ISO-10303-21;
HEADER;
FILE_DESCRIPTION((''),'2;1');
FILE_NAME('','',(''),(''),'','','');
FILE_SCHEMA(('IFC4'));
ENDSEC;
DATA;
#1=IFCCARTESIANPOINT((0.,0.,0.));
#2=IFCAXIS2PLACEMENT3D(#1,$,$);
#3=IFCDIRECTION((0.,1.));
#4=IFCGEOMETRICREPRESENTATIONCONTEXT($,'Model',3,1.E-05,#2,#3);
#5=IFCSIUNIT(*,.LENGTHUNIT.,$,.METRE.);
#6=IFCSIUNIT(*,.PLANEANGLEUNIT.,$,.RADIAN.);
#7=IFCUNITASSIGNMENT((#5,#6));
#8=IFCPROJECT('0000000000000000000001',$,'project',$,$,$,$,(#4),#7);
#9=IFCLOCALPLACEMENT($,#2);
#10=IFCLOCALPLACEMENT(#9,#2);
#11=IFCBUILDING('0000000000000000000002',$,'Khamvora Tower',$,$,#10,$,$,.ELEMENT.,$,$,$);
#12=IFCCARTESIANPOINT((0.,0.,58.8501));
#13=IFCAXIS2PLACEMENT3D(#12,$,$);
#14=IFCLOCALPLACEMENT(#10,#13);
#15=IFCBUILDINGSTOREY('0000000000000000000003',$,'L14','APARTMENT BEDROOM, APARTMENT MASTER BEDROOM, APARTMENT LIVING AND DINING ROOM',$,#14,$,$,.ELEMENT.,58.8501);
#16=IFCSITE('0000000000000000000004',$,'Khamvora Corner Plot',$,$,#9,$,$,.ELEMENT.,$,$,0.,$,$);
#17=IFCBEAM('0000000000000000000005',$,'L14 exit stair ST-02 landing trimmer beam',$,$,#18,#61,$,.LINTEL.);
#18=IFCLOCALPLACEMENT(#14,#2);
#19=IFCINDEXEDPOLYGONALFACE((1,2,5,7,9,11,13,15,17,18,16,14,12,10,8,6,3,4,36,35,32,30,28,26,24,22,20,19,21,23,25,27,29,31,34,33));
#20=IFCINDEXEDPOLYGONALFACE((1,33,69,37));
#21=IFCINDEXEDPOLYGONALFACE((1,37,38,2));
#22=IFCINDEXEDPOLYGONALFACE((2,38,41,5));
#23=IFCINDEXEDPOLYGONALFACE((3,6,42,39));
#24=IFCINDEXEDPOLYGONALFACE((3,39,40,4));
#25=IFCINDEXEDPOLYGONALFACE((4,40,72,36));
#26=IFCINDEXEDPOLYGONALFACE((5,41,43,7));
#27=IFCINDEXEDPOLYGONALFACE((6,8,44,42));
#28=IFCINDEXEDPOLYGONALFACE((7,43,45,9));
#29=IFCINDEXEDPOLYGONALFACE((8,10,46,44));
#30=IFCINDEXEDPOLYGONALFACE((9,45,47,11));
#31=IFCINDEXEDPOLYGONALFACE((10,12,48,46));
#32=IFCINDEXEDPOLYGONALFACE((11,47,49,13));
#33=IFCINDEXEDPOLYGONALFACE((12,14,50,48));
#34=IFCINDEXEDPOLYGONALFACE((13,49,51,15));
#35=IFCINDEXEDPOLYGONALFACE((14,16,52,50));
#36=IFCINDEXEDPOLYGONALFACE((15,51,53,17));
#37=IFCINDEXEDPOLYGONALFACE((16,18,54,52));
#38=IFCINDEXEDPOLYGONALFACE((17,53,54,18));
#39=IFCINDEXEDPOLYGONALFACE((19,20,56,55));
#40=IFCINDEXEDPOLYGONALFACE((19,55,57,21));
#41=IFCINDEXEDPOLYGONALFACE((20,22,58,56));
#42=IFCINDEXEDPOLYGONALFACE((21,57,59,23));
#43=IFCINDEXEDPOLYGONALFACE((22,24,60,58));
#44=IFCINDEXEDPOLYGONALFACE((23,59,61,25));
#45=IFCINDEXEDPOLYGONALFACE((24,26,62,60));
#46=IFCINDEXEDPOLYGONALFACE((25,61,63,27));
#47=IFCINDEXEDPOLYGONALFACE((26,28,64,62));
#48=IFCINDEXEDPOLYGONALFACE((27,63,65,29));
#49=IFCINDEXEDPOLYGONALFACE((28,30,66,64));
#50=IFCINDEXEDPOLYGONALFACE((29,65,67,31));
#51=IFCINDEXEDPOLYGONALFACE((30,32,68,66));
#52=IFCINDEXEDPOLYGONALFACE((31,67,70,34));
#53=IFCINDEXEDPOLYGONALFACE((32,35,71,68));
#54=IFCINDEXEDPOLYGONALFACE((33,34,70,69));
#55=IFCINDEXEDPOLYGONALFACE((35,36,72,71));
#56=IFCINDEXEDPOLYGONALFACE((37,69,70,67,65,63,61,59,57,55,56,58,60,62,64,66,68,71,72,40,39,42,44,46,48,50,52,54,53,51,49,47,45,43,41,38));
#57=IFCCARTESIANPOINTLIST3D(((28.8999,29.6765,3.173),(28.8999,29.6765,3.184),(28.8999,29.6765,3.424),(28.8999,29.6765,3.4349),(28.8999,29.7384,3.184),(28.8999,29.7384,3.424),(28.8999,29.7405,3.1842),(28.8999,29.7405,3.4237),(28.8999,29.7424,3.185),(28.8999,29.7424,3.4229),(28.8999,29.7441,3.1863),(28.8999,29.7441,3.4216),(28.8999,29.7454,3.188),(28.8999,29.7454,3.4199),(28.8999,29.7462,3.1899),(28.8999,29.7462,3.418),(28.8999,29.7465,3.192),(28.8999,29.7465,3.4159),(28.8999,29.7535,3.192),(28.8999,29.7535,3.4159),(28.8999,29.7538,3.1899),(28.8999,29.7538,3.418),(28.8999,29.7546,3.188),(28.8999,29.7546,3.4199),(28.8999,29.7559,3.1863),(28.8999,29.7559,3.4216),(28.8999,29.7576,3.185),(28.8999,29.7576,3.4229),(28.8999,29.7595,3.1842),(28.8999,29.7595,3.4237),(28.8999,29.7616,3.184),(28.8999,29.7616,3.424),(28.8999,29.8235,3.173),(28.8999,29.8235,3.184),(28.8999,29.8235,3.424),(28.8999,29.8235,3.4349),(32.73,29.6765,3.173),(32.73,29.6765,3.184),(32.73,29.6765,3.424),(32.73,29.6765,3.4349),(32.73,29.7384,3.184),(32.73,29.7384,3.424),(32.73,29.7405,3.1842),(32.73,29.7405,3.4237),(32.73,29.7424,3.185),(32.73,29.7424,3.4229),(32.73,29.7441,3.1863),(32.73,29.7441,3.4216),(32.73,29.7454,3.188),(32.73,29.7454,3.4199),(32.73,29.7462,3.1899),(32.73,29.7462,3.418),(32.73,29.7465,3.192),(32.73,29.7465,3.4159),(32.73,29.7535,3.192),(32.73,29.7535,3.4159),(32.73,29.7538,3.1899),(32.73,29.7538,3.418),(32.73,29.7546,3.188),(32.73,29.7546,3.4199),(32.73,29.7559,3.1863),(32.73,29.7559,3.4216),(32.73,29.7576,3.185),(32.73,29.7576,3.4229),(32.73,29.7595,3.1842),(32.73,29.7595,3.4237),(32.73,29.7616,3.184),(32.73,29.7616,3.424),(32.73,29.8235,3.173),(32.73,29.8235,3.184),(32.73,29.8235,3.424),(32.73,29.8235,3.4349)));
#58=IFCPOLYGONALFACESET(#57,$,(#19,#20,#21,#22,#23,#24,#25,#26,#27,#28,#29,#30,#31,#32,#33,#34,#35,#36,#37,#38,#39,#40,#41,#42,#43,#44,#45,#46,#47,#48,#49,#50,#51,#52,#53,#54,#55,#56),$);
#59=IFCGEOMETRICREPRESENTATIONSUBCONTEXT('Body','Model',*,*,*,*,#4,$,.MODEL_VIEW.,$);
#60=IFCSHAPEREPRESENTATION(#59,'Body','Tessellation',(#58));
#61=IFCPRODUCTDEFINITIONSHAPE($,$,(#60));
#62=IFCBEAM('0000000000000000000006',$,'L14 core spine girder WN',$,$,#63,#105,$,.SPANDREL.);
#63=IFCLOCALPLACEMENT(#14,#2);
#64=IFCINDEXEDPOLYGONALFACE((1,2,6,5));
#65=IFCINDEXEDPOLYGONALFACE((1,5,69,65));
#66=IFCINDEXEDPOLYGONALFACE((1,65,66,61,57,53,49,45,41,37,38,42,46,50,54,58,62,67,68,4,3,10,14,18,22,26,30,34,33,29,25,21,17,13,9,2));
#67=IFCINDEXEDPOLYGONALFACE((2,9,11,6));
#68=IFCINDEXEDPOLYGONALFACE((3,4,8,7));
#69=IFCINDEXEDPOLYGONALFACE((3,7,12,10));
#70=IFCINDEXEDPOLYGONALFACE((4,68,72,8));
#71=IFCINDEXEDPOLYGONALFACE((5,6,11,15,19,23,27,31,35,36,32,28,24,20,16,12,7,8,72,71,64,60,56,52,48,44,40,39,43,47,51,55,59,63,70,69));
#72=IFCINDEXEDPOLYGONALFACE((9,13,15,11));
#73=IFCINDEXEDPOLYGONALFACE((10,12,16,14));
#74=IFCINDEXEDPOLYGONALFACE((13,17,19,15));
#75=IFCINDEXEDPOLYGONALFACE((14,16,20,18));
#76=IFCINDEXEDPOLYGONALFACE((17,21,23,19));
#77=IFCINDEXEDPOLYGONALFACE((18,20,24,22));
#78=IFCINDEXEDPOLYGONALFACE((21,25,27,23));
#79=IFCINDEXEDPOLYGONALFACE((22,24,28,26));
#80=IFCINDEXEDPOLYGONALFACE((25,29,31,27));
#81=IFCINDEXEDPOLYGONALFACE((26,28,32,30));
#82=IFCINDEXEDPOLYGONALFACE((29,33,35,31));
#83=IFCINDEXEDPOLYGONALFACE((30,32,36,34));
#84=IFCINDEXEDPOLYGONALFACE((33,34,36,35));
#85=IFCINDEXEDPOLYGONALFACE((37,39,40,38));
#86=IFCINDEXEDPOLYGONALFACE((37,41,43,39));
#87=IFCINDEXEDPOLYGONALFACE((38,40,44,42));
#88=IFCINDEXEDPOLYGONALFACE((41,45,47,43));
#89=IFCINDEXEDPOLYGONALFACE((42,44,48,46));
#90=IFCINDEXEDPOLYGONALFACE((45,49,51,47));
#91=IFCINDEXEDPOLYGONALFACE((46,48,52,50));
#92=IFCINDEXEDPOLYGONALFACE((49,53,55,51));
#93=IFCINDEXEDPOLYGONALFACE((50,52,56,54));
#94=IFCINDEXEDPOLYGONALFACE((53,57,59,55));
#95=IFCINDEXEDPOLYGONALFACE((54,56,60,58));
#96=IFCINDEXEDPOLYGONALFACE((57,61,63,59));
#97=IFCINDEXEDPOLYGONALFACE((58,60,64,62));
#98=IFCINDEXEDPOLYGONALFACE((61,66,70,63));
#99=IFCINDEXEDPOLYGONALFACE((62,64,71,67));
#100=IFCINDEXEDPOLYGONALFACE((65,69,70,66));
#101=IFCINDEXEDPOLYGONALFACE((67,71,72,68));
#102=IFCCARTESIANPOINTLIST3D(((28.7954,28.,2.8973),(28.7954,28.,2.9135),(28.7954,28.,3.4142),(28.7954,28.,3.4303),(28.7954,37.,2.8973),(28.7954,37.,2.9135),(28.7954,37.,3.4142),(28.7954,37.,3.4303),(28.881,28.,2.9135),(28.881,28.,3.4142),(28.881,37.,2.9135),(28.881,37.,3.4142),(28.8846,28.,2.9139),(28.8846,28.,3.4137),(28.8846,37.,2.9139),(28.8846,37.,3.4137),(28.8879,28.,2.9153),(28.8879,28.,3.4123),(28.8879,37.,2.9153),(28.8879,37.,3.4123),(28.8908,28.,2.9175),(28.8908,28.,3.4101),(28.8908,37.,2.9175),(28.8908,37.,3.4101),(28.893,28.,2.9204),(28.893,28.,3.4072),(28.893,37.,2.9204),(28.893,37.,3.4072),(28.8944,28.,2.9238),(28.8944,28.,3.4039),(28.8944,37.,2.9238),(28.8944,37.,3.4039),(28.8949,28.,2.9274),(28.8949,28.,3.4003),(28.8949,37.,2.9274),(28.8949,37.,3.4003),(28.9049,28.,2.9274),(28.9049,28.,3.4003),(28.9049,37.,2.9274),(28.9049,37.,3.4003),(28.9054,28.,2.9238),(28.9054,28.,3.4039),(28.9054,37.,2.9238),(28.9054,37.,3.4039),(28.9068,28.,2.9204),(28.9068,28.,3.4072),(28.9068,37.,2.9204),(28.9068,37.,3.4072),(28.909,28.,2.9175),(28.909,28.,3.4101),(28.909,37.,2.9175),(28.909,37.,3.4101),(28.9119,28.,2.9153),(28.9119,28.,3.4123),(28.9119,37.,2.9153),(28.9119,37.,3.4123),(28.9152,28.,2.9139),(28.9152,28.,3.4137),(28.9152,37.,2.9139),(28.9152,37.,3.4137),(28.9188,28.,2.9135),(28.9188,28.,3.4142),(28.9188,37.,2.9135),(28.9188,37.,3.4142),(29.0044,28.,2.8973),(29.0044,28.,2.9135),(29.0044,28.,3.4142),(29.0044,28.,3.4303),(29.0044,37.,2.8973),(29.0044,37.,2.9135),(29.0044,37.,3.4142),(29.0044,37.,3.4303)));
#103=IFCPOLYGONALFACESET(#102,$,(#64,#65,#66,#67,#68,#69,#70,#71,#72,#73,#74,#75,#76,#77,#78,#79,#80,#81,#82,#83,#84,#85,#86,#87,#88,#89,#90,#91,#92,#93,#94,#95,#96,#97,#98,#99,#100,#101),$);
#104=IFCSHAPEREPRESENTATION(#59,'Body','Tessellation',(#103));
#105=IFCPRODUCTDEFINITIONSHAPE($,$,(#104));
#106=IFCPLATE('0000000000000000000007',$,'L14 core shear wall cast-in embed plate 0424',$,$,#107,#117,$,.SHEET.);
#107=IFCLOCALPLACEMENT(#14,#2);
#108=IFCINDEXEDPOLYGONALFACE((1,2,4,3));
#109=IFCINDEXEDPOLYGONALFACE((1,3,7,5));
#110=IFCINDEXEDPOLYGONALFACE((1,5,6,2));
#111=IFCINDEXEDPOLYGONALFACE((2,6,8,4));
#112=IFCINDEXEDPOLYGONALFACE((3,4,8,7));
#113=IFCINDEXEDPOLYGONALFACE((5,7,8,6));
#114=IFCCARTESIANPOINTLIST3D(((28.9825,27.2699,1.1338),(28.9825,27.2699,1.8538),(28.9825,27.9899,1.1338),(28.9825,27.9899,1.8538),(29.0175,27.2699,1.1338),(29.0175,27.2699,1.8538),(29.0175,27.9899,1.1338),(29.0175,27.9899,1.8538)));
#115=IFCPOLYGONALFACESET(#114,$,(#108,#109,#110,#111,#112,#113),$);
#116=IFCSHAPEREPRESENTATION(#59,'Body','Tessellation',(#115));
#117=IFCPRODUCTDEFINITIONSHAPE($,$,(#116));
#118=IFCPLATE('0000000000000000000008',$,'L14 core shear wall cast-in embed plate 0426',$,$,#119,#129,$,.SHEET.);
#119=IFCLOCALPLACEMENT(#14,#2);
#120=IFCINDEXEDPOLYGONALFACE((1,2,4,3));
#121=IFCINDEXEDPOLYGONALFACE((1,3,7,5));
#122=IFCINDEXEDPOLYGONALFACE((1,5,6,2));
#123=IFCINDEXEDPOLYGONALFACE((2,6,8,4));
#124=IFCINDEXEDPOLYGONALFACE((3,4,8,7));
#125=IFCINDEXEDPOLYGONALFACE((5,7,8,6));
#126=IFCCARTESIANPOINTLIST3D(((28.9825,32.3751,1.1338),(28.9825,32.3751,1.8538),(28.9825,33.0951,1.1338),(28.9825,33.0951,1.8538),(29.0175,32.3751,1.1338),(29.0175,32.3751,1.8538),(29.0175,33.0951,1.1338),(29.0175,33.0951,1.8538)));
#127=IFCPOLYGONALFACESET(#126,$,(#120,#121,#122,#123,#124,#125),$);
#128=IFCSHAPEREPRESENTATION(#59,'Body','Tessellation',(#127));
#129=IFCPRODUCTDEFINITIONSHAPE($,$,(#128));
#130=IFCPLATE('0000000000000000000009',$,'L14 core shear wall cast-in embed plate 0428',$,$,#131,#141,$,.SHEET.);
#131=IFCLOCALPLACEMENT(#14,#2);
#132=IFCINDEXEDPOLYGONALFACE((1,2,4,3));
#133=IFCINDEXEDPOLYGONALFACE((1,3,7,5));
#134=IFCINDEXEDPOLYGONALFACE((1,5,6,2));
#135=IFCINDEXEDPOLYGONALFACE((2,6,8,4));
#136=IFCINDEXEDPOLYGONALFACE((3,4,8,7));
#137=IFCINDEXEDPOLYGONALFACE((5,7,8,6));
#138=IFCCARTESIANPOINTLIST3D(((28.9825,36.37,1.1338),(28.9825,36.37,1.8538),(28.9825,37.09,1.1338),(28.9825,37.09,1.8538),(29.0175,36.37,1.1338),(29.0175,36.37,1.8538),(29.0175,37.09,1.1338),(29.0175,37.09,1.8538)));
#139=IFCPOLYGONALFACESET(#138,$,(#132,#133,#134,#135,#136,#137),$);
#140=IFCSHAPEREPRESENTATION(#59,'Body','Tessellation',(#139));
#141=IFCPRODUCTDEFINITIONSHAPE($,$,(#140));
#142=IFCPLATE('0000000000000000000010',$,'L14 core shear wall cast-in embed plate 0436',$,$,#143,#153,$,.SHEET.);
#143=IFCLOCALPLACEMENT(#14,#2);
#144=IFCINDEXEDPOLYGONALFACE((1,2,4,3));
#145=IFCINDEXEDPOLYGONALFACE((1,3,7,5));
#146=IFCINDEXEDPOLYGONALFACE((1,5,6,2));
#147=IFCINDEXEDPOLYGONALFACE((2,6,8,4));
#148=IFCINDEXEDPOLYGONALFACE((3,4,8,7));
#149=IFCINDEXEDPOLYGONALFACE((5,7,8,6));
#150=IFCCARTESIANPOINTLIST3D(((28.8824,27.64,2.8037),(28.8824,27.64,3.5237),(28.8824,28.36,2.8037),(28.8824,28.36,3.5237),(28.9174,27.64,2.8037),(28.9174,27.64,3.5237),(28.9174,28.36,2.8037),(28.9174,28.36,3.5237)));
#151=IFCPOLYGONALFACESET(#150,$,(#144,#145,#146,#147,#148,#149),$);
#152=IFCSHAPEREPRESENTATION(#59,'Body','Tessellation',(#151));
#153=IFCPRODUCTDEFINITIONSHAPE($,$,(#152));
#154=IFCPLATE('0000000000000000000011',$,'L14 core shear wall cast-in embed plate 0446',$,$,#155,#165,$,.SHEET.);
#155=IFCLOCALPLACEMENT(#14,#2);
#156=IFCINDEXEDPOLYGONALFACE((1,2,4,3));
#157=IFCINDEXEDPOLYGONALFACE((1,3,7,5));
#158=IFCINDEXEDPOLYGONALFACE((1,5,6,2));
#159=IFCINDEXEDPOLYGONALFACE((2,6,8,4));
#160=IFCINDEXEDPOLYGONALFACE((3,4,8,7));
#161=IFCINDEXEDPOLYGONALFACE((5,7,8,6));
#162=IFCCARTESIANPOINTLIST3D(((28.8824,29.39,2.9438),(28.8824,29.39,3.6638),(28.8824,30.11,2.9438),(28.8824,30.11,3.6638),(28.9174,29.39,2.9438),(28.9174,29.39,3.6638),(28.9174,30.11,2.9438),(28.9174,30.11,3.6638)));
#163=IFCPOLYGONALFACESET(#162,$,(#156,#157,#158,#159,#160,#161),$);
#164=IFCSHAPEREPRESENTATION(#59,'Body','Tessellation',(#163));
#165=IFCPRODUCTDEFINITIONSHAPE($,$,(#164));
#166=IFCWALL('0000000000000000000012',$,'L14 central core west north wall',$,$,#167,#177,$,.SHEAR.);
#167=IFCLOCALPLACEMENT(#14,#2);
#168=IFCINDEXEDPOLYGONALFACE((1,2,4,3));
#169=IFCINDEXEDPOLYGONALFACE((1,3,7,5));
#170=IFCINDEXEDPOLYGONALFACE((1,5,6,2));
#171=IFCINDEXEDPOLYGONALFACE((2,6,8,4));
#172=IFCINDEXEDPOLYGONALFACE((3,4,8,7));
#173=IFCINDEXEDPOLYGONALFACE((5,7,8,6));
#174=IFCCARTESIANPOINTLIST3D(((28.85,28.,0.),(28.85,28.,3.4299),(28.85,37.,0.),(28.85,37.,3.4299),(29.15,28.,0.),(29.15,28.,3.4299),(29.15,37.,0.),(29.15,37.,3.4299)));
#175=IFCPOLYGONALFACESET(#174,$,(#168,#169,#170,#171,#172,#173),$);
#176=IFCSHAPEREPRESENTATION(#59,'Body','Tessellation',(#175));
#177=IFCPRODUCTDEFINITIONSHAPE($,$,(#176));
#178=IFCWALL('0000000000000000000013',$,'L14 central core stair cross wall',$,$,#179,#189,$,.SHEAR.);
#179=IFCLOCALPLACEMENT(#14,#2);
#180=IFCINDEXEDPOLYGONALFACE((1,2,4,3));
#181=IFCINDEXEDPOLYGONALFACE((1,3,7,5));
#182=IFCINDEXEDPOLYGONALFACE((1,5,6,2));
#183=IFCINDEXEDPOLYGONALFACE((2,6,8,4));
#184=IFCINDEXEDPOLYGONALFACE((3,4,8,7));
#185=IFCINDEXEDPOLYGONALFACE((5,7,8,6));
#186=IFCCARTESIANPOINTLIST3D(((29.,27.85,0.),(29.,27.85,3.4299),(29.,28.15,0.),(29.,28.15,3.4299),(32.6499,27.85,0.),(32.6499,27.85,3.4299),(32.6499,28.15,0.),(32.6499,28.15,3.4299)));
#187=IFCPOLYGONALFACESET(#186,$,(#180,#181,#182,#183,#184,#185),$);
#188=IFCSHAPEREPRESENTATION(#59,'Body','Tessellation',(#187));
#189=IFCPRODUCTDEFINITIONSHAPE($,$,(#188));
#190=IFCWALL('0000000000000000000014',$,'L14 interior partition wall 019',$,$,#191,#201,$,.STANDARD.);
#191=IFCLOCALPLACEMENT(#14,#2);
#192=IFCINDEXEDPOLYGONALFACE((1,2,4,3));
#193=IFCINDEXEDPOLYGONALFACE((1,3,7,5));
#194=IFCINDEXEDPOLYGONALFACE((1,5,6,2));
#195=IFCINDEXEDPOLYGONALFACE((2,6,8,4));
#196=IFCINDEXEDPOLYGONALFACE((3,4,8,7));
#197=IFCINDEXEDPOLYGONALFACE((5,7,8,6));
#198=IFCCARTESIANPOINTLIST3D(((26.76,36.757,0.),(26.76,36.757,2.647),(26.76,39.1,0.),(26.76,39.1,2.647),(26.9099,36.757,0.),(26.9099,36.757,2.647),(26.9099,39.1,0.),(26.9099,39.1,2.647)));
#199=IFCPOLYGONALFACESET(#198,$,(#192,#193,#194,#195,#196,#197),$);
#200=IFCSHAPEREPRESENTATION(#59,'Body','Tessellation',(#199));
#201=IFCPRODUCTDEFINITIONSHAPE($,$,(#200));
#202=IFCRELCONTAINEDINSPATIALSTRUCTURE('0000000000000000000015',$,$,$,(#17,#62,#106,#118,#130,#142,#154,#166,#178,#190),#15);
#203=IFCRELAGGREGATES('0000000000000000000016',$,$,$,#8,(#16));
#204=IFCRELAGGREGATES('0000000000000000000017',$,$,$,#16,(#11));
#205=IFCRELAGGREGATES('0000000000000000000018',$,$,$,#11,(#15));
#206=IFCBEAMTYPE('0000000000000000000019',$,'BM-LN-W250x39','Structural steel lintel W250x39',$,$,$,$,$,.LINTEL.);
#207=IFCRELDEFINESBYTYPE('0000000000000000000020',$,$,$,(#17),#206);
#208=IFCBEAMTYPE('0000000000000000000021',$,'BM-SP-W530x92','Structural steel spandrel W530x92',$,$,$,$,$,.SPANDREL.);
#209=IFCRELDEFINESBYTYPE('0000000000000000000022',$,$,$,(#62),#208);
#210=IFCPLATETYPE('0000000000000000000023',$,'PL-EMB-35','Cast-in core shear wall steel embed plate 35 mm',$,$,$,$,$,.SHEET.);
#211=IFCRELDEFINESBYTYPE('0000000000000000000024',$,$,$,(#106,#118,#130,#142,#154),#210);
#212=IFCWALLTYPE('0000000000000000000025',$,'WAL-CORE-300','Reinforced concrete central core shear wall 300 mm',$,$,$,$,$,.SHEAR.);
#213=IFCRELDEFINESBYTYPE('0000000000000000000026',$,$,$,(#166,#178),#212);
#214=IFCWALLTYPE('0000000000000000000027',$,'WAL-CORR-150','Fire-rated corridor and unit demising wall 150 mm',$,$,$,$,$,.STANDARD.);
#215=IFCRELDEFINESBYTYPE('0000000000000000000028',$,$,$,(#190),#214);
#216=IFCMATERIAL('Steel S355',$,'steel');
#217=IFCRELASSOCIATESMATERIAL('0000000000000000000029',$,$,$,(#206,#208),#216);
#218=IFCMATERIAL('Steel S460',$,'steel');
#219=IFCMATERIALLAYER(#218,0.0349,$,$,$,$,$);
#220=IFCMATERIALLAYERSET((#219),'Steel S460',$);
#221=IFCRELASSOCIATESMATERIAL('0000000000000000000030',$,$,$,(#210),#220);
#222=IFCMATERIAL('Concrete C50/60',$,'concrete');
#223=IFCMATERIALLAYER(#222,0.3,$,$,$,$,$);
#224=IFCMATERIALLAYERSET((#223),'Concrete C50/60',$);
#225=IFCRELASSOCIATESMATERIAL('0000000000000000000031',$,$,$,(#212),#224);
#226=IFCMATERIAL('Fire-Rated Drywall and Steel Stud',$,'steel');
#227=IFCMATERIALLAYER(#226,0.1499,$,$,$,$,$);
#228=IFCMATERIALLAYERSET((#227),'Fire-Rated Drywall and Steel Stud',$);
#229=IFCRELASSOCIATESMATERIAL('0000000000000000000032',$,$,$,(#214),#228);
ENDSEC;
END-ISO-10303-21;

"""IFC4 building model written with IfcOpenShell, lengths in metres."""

from ifc_helpers import new_model, si_unit, direction, frame, frame_2d, origin, origin_2d, place, context, subcontext, project, spatial, rectangle, i_section, extrude, material, layer, layer_set, material_profile, profile_set, type_object, element, save


model = new_model("IFC4")

# Units and contexts
model_context = context("Model", 3, precision=1e-05, world=origin(), true_north=direction((0.0, 1.0)))
body_context = subcontext(model_context, "Body", "Model", "MODEL_VIEW")
ifc_project = project(units=[si_unit("LENGTHUNIT", "METRE"), si_unit("PLANEANGLEUNIT", "RADIAN")], contexts=[model_context])

# Site, building, storey
site_placement = place(None, origin())
site = spatial("IfcSite", under=ifc_project, at=site_placement, Name="Khamvora Corner Plot", CompositionType="ELEMENT", RefElevation=0.0)
building_placement = place(site_placement, origin())
building = spatial("IfcBuilding", under=site, at=building_placement, Name="Khamvora Tower", CompositionType="ELEMENT")
storey_placement = place(building_placement, frame((0.0, 0.0, 58.8501)))
storey = spatial("IfcBuildingStorey", under=building, at=storey_placement, Name="L14", Description="APARTMENT BEDROOM, APARTMENT MASTER BEDROOM, APARTMENT LIVING AND DINING ROOM", CompositionType="ELEMENT", Elevation=58.8501)

# Shared definitions
ifc_material_1 = material(Name="Steel S460", Category="steel")

# Beams
ifc_material_2 = material(Name="Steel S355", Category="steel")
ifc_material_profile_1 = material_profile(ifc_material_2, i_section(OverallWidth=0.147, OverallDepth=0.262, WebThickness=0.0071, FlangeThickness=0.011, FilletRadius=0.0081, at=origin_2d()), Name="W250x39")
ifc_profile_set_1 = profile_set([ifc_material_profile_1], Name="Steel S355")
beam_type_1 = type_object("IfcBeamType", Name="BM-LN-W250x39", Description="Structural steel lintel W250x39", PredefinedType="LINTEL", material=ifc_profile_set_1)
beam_1_placement = place(storey_placement, frame((28.8999, 29.75, 3.304), z_axis=(1.0, 0.0, 0.0), x_axis=(0.0, 1.0, 0.0)))
element("IfcBeam", 1, at=beam_1_placement, inside=storey, type_object=beam_type_1, Name="L14 exit stair ST-02 landing trimmer beam", PredefinedType="LINTEL", context=body_context, shape_type="SweptSolid", body=[
    extrude(i_section(OverallWidth=0.147, OverallDepth=0.262, WebThickness=0.0071, FlangeThickness=0.011, FilletRadius=0.0081, at=origin_2d()), origin(), (0.0, 0.0, 1.0), 3.8301),
])
ifc_material_profile_2 = material_profile(ifc_material_2, i_section(OverallWidth=0.209, OverallDepth=0.533, WebThickness=0.01, FlangeThickness=0.0161, FilletRadius=0.0139, at=origin_2d()), Name="W530x92")
ifc_profile_set_2 = profile_set([ifc_material_profile_2], Name="Steel S355")
beam_type_2 = type_object("IfcBeamType", Name="BM-SP-W530x92", Description="Structural steel spandrel W530x92", PredefinedType="SPANDREL", material=ifc_profile_set_2)
beam_2_placement = place(storey_placement, frame((28.8999, 28.0, 3.1638), z_axis=(0.0, 1.0, 0.0), x_axis=(-1.0, 0.0, 0.0)))
element("IfcBeam", 2, at=beam_2_placement, inside=storey, type_object=beam_type_2, Name="L14 core spine girder WN", PredefinedType="SPANDREL", context=body_context, shape_type="SweptSolid", body=[
    extrude(i_section(OverallWidth=0.209, OverallDepth=0.533, WebThickness=0.01, FlangeThickness=0.0161, FilletRadius=0.0139, at=origin_2d()), origin(), (0.0, 0.0, 1.0), 9.0),
])

# Plates
ifc_layer_1 = layer(ifc_material_1, 0.0349)
ifc_layer_set_1 = layer_set([ifc_layer_1], Name="Steel S460")
plate_type = type_object("IfcPlateType", Name="PL-EMB-35", Description="Cast-in core shear wall steel embed plate 35 mm", PredefinedType="SHEET", material=ifc_layer_set_1)
for number, where, z_axis, x_axis, name in (
    (3, (29.0, 27.6299, 1.1338), (0.0, 0.0, 1.0), (1.0, 0.0, 0.0), "L14 core shear wall cast-in embed plate 0424"),
    (4, (29.0, 32.7351, 1.1338), (0.0, 0.0, 1.0), (1.0, 0.0, 0.0), "L14 core shear wall cast-in embed plate 0426"),
    (5, (29.0, 36.73, 1.1338), (0.0, 0.0, 1.0), (1.0, 0.0, 0.0), "L14 core shear wall cast-in embed plate 0428"),
    (6, (28.8999, 28.0, 2.8037), (0.0, 0.0, 1.0), (1.0, 0.0, 0.0), "L14 core shear wall cast-in embed plate 0436"),
    (7, (28.8999, 29.75, 2.9438), (0.0, 0.0, 1.0), (1.0, 0.0, 0.0), "L14 core shear wall cast-in embed plate 0446"),
):
    element("IfcPlate", number, at=place(storey_placement, frame(where, z_axis=z_axis, x_axis=x_axis)), inside=storey, type_object=plate_type, Name=name, PredefinedType="SHEET", context=body_context, shape_type="SweptSolid", body=[
        extrude(rectangle(XDim=0.0349, YDim=0.72, at=origin_2d()), origin(), (0.0, 0.0, 1.0), 0.72),
    ])

# Walls
ifc_material_3 = material(Name="Concrete C50/60", Category="concrete")
ifc_layer_2 = layer(ifc_material_3, 0.3)
ifc_layer_set_2 = layer_set([ifc_layer_2], Name="Concrete C50/60")
wall_type_1 = type_object("IfcWallType", Name="WAL-CORE-300", Description="Reinforced concrete central core shear wall 300 mm", PredefinedType="SHEAR", material=ifc_layer_set_2)
wall_1_placement = place(storey_placement, frame((29.0, 28.0, 0.0), z_axis=(0.0, 0.0, 1.0), x_axis=(0.0, 1.0, 0.0)))
element("IfcWall", 8, at=wall_1_placement, inside=storey, type_object=wall_type_1, Name="L14 central core west north wall", PredefinedType="SHEAR", context=body_context, shape_type="SweptSolid", body=[
    extrude(rectangle(XDim=9.0, YDim=0.3, at=frame_2d((4.5, 0.0))), origin(), (0.0, 0.0, 1.0), 3.4299),
])
wall_2_placement = place(storey_placement, frame((29.0, 28.0, 0.0), z_axis=(0.0, 0.0, 1.0), x_axis=(1.0, 0.0, 0.0)))
element("IfcWall", 9, at=wall_2_placement, inside=storey, type_object=wall_type_1, Name="L14 central core stair cross wall", PredefinedType="SHEAR", context=body_context, shape_type="SweptSolid", body=[
    extrude(rectangle(XDim=3.6499, YDim=0.3, at=frame_2d((1.825, 0.0))), origin(), (0.0, 0.0, 1.0), 3.4299),
])
ifc_material_4 = material(Name="Fire-Rated Drywall and Steel Stud", Category="steel")
ifc_layer_3 = layer(ifc_material_4, 0.1499)
ifc_layer_set_3 = layer_set([ifc_layer_3], Name="Fire-Rated Drywall and Steel Stud")
wall_type_2 = type_object("IfcWallType", Name="WAL-CORR-150", Description="Fire-rated corridor and unit demising wall 150 mm", PredefinedType="STANDARD", material=ifc_layer_set_3)
wall_3_placement = place(storey_placement, frame((26.835, 36.7571, 0.0), z_axis=(0.0, 0.0, 1.0), x_axis=(0.0, 1.0, 0.0)))
element("IfcWall", 10, at=wall_3_placement, inside=storey, type_object=wall_type_2, Name="L14 interior partition wall 019", PredefinedType="STANDARD", context=body_context, shape_type="SweptSolid", body=[
    extrude(rectangle(XDim=2.343, YDim=0.1499, at=frame_2d((1.1714, 0.0))), origin(), (0.0, 0.0, 1.0), 2.647),
])

save(model, "model.ifc")
